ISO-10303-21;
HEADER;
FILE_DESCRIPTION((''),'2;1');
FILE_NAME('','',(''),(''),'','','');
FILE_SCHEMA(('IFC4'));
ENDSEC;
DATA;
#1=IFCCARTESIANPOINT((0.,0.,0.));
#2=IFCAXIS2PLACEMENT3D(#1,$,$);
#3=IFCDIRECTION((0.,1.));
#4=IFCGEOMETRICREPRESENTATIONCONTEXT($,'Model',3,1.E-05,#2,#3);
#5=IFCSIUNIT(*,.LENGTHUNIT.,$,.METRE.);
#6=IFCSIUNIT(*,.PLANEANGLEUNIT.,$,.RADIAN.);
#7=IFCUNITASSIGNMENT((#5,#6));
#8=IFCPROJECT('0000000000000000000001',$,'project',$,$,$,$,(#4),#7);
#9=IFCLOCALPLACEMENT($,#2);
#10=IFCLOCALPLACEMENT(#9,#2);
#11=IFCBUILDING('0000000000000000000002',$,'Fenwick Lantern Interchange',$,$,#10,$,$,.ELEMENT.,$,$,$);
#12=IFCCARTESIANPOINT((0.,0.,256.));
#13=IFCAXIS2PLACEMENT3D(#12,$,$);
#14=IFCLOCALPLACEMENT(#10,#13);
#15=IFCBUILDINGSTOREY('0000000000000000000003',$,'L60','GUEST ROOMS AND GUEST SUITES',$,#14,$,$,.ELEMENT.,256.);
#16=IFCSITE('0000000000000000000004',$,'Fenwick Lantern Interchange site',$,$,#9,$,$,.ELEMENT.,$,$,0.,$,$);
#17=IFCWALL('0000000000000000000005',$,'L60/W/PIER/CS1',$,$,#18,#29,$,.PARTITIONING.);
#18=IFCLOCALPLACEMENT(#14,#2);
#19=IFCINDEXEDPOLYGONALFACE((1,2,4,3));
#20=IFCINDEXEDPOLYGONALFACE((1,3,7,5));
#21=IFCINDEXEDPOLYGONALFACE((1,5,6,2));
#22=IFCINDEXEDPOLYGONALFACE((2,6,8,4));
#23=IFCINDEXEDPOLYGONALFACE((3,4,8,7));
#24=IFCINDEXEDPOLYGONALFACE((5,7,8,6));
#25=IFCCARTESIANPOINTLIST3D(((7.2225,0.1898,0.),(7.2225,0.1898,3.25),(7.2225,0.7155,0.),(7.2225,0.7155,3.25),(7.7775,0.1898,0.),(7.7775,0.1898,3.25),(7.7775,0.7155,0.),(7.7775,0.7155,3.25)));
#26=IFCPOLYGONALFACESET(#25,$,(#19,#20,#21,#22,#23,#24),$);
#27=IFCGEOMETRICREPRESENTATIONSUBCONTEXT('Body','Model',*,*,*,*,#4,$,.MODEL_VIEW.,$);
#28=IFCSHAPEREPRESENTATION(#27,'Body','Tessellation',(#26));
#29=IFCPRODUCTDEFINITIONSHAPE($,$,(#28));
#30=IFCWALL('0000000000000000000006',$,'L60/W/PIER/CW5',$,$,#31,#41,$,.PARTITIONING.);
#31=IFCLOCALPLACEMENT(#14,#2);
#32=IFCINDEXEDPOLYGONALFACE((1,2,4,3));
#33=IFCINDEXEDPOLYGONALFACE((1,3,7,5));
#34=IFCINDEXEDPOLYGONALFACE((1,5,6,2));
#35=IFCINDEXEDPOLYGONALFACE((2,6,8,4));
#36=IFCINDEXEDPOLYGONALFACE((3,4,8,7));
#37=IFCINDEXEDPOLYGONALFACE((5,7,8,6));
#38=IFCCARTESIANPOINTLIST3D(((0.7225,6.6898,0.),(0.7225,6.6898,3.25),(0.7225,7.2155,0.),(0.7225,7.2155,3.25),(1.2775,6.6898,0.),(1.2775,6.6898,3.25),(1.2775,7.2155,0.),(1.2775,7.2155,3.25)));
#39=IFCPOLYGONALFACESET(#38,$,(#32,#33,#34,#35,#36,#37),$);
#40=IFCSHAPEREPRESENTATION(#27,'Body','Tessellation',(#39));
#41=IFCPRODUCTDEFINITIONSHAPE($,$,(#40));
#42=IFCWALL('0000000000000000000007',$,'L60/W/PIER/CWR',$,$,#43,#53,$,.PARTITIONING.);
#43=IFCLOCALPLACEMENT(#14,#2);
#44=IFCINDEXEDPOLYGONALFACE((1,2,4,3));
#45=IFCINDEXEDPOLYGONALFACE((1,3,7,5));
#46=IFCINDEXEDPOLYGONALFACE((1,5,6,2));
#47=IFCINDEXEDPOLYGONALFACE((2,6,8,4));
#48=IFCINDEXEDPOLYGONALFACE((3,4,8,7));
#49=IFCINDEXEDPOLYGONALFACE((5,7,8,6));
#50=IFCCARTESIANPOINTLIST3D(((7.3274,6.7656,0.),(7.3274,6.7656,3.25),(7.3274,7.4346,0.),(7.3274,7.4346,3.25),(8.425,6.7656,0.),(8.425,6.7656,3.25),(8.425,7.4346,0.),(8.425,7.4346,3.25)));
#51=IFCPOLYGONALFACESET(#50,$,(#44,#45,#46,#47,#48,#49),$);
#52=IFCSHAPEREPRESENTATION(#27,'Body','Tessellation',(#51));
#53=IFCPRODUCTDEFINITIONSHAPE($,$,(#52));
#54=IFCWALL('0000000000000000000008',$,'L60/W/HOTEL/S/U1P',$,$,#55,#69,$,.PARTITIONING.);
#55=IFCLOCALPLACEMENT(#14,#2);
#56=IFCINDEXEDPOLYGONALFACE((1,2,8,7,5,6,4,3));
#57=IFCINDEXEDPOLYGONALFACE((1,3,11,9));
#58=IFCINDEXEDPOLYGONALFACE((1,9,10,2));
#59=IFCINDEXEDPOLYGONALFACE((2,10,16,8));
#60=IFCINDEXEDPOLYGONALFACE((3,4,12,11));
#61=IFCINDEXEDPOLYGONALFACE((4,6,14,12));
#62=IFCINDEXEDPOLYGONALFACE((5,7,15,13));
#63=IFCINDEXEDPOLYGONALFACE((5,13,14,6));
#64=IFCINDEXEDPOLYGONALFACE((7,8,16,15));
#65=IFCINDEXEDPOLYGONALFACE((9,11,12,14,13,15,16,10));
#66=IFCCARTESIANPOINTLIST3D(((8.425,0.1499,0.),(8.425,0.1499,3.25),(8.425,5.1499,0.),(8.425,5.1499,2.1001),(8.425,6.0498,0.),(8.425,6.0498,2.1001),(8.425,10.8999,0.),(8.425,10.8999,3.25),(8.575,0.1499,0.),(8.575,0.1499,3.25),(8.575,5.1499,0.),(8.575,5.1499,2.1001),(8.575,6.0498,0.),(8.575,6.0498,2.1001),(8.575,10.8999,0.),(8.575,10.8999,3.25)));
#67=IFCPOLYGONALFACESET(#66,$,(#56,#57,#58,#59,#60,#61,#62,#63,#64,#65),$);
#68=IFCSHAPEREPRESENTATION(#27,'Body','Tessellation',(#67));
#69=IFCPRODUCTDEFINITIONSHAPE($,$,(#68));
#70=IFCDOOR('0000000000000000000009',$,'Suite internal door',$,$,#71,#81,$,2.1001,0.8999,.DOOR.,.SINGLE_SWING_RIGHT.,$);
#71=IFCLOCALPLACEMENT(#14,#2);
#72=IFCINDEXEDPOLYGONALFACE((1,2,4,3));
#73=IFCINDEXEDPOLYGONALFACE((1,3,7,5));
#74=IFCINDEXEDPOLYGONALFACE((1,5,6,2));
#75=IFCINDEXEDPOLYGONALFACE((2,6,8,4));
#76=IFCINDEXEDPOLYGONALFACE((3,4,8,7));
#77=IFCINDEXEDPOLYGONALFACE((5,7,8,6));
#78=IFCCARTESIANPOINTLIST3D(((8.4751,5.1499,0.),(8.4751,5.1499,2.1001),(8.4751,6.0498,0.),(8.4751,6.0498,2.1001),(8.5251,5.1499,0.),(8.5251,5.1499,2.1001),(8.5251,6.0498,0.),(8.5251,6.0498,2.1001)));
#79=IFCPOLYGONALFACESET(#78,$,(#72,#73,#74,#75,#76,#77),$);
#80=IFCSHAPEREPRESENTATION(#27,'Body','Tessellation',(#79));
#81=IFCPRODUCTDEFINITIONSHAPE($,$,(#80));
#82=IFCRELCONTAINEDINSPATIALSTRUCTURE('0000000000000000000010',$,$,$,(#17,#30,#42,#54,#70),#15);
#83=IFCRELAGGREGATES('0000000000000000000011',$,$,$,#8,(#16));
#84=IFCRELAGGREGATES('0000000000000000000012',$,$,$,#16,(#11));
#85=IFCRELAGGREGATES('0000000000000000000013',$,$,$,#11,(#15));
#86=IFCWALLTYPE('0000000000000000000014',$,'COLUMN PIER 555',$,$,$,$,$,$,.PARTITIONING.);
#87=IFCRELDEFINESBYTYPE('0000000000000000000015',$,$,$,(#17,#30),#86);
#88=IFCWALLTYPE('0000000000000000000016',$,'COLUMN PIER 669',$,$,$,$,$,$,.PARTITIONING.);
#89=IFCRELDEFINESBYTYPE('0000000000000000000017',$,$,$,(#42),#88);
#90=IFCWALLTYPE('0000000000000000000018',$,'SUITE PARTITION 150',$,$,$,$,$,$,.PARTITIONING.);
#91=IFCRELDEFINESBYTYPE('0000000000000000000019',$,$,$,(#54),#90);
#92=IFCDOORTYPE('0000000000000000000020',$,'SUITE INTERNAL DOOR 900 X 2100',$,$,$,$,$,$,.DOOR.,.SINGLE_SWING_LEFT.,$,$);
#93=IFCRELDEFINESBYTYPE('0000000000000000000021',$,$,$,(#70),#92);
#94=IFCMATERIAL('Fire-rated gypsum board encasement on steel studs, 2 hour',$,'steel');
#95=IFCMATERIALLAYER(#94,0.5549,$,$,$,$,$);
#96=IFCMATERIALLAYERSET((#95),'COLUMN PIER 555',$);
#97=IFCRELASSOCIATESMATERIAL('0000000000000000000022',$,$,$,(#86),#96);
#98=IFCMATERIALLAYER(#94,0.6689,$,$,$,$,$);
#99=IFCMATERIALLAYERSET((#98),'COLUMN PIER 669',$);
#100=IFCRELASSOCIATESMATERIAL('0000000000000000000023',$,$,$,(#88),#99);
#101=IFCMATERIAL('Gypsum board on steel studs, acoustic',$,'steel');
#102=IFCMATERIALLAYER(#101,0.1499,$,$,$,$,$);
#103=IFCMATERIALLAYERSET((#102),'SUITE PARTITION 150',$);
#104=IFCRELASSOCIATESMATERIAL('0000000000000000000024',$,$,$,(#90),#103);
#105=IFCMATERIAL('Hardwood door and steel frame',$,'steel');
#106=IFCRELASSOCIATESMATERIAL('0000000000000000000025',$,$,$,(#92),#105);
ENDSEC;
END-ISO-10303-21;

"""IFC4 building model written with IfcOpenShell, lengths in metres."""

from ifc_helpers import new_model, si_unit, direction, frame, frame_2d, origin, place, context, subcontext, project, spatial, rectangle, extrude, material, layer, layer_set, type_object, element, fill, save


model = new_model("IFC4")

# Units and contexts
model_context = context("Model", 3, precision=1e-05, world=origin(), true_north=direction((0.0, 1.0)))
body_context = subcontext(model_context, "Body", "Model", "MODEL_VIEW")
ifc_project = project(units=[si_unit("LENGTHUNIT", "METRE"), si_unit("PLANEANGLEUNIT", "RADIAN")], contexts=[model_context])

# Site, building, storey
site_placement = place(None, origin())
site = spatial("IfcSite", under=ifc_project, at=site_placement, Name="Fenwick Lantern Interchange site", CompositionType="ELEMENT", RefElevation=0.0)
building_placement = place(site_placement, origin())
building = spatial("IfcBuilding", under=site, at=building_placement, Name="Fenwick Lantern Interchange", CompositionType="ELEMENT")
storey_placement = place(building_placement, frame((0.0, 0.0, 256.0)))
storey = spatial("IfcBuildingStorey", under=building, at=storey_placement, Name="L60", Description="GUEST ROOMS AND GUEST SUITES", CompositionType="ELEMENT", Elevation=256.0)

# Walls
ifc_material_1 = material(Name="Fire-rated gypsum board encasement on steel studs, 2 hour", Category="steel")
ifc_layer_1 = layer(ifc_material_1, 0.5549)
ifc_layer_set_1 = layer_set([ifc_layer_1], Name="COLUMN PIER 555")
wall_type_1 = type_object("IfcWallType", Name="COLUMN PIER 555", PredefinedType="PARTITIONING", material=ifc_layer_set_1)
for number, where, z_axis, x_axis, name in (
    (1, (7.5, 0.1899, 0.0), (0.0, 0.0, 1.0), (0.0, 1.0, 0.0), "L60/W/PIER/CS1"),
    (2, (1.0, 6.6899, 0.0), (0.0, 0.0, 1.0), (0.0, 1.0, 0.0), "L60/W/PIER/CW5"),
):
    element("IfcWall", number, at=place(storey_placement, frame(where, z_axis=z_axis, x_axis=x_axis)), inside=storey, type_object=wall_type_1, Name=name, PredefinedType="PARTITIONING", context=body_context, shape_type="SweptSolid", body=[
        extrude(rectangle(XDim=0.5256, YDim=0.5549, at=frame_2d((0.2627, 0.0))), origin(), (0.0, 0.0, 1.0), 3.25),
    ])
ifc_layer_2 = layer(ifc_material_1, 0.6689)
ifc_layer_set_2 = layer_set([ifc_layer_2], Name="COLUMN PIER 669")
wall_type_2 = type_object("IfcWallType", Name="COLUMN PIER 669", PredefinedType="PARTITIONING", material=ifc_layer_set_2)
wall_1_placement = place(storey_placement, frame((8.425, 7.1001, 0.0), z_axis=(0.0, 0.0, 1.0), x_axis=(-1.0, 0.0, 0.0)))
element("IfcWall", 3, at=wall_1_placement, inside=storey, type_object=wall_type_2, Name="L60/W/PIER/CWR", PredefinedType="PARTITIONING", context=body_context, shape_type="SweptSolid", body=[
    extrude(rectangle(XDim=1.0977, YDim=0.6689, at=frame_2d((0.5488, 0.0))), origin(), (0.0, 0.0, 1.0), 3.25),
])

# Wall, opening, door
ifc_material_2 = material(Name="Gypsum board on steel studs, acoustic", Category="steel")
ifc_layer_3 = layer(ifc_material_2, 0.1499)
ifc_layer_set_3 = layer_set([ifc_layer_3], Name="SUITE PARTITION 150")
wall_type_3 = type_object("IfcWallType", Name="SUITE PARTITION 150", PredefinedType="PARTITIONING", material=ifc_layer_set_3)
wall_2_placement = place(storey_placement, frame((8.5, 0.1499, 0.0), z_axis=(0.0, 0.0, 1.0), x_axis=(0.0, 1.0, 0.0)))
wall_2 = element("IfcWall", 4, at=wall_2_placement, inside=storey, type_object=wall_type_3, Name="L60/W/HOTEL/S/U1P", PredefinedType="PARTITIONING", context=body_context, shape_type="SweptSolid", body=[
    extrude(rectangle(XDim=10.75, YDim=0.1499, at=frame_2d((5.375, 0.0))), origin(), (0.0, 0.0, 1.0), 3.25),
])
opening_placement = place(wall_2_placement, frame((5.0, 0.0, 0.0)))
opening = element("IfcOpeningElement", 5, at=opening_placement, cuts=wall_2, PredefinedType="OPENING", context=body_context, shape_type="SweptSolid", body=[
    extrude(rectangle(XDim=0.8999, YDim=2.1001, at=frame_2d((0.45, 1.05))), frame((0.0, 0.085, 0.0), z_axis=(0.0, -1.0, 0.0), x_axis=(1.0, 0.0, 0.0)), (0.0, 0.0, 1.0), 0.1699),
])
ifc_material_3 = material(Name="Hardwood door and steel frame", Category="steel")
door_type = type_object("IfcDoorType", Name="SUITE INTERNAL DOOR 900 X 2100", OperationType="SINGLE_SWING_LEFT", PredefinedType="DOOR", material=ifc_material_3)
door_placement = place(opening_placement, origin())
door = element("IfcDoor", 6, at=door_placement, inside=storey, type_object=door_type, Name="Suite internal door", OperationType="SINGLE_SWING_RIGHT", OverallHeight=2.1001, OverallWidth=0.8999, PredefinedType="DOOR", context=body_context, shape_type="SweptSolid", body=[
    extrude(rectangle(XDim=0.8999, YDim=2.1001, at=frame_2d((0.45, 1.05))), frame((0.0, 0.0249, 0.0), z_axis=(0.0, -1.0, 0.0), x_axis=(1.0, 0.0, 0.0)), (0.0, 0.0, 1.0), 0.05),
])
fill(opening, door)

save(model, "model.ifc")
